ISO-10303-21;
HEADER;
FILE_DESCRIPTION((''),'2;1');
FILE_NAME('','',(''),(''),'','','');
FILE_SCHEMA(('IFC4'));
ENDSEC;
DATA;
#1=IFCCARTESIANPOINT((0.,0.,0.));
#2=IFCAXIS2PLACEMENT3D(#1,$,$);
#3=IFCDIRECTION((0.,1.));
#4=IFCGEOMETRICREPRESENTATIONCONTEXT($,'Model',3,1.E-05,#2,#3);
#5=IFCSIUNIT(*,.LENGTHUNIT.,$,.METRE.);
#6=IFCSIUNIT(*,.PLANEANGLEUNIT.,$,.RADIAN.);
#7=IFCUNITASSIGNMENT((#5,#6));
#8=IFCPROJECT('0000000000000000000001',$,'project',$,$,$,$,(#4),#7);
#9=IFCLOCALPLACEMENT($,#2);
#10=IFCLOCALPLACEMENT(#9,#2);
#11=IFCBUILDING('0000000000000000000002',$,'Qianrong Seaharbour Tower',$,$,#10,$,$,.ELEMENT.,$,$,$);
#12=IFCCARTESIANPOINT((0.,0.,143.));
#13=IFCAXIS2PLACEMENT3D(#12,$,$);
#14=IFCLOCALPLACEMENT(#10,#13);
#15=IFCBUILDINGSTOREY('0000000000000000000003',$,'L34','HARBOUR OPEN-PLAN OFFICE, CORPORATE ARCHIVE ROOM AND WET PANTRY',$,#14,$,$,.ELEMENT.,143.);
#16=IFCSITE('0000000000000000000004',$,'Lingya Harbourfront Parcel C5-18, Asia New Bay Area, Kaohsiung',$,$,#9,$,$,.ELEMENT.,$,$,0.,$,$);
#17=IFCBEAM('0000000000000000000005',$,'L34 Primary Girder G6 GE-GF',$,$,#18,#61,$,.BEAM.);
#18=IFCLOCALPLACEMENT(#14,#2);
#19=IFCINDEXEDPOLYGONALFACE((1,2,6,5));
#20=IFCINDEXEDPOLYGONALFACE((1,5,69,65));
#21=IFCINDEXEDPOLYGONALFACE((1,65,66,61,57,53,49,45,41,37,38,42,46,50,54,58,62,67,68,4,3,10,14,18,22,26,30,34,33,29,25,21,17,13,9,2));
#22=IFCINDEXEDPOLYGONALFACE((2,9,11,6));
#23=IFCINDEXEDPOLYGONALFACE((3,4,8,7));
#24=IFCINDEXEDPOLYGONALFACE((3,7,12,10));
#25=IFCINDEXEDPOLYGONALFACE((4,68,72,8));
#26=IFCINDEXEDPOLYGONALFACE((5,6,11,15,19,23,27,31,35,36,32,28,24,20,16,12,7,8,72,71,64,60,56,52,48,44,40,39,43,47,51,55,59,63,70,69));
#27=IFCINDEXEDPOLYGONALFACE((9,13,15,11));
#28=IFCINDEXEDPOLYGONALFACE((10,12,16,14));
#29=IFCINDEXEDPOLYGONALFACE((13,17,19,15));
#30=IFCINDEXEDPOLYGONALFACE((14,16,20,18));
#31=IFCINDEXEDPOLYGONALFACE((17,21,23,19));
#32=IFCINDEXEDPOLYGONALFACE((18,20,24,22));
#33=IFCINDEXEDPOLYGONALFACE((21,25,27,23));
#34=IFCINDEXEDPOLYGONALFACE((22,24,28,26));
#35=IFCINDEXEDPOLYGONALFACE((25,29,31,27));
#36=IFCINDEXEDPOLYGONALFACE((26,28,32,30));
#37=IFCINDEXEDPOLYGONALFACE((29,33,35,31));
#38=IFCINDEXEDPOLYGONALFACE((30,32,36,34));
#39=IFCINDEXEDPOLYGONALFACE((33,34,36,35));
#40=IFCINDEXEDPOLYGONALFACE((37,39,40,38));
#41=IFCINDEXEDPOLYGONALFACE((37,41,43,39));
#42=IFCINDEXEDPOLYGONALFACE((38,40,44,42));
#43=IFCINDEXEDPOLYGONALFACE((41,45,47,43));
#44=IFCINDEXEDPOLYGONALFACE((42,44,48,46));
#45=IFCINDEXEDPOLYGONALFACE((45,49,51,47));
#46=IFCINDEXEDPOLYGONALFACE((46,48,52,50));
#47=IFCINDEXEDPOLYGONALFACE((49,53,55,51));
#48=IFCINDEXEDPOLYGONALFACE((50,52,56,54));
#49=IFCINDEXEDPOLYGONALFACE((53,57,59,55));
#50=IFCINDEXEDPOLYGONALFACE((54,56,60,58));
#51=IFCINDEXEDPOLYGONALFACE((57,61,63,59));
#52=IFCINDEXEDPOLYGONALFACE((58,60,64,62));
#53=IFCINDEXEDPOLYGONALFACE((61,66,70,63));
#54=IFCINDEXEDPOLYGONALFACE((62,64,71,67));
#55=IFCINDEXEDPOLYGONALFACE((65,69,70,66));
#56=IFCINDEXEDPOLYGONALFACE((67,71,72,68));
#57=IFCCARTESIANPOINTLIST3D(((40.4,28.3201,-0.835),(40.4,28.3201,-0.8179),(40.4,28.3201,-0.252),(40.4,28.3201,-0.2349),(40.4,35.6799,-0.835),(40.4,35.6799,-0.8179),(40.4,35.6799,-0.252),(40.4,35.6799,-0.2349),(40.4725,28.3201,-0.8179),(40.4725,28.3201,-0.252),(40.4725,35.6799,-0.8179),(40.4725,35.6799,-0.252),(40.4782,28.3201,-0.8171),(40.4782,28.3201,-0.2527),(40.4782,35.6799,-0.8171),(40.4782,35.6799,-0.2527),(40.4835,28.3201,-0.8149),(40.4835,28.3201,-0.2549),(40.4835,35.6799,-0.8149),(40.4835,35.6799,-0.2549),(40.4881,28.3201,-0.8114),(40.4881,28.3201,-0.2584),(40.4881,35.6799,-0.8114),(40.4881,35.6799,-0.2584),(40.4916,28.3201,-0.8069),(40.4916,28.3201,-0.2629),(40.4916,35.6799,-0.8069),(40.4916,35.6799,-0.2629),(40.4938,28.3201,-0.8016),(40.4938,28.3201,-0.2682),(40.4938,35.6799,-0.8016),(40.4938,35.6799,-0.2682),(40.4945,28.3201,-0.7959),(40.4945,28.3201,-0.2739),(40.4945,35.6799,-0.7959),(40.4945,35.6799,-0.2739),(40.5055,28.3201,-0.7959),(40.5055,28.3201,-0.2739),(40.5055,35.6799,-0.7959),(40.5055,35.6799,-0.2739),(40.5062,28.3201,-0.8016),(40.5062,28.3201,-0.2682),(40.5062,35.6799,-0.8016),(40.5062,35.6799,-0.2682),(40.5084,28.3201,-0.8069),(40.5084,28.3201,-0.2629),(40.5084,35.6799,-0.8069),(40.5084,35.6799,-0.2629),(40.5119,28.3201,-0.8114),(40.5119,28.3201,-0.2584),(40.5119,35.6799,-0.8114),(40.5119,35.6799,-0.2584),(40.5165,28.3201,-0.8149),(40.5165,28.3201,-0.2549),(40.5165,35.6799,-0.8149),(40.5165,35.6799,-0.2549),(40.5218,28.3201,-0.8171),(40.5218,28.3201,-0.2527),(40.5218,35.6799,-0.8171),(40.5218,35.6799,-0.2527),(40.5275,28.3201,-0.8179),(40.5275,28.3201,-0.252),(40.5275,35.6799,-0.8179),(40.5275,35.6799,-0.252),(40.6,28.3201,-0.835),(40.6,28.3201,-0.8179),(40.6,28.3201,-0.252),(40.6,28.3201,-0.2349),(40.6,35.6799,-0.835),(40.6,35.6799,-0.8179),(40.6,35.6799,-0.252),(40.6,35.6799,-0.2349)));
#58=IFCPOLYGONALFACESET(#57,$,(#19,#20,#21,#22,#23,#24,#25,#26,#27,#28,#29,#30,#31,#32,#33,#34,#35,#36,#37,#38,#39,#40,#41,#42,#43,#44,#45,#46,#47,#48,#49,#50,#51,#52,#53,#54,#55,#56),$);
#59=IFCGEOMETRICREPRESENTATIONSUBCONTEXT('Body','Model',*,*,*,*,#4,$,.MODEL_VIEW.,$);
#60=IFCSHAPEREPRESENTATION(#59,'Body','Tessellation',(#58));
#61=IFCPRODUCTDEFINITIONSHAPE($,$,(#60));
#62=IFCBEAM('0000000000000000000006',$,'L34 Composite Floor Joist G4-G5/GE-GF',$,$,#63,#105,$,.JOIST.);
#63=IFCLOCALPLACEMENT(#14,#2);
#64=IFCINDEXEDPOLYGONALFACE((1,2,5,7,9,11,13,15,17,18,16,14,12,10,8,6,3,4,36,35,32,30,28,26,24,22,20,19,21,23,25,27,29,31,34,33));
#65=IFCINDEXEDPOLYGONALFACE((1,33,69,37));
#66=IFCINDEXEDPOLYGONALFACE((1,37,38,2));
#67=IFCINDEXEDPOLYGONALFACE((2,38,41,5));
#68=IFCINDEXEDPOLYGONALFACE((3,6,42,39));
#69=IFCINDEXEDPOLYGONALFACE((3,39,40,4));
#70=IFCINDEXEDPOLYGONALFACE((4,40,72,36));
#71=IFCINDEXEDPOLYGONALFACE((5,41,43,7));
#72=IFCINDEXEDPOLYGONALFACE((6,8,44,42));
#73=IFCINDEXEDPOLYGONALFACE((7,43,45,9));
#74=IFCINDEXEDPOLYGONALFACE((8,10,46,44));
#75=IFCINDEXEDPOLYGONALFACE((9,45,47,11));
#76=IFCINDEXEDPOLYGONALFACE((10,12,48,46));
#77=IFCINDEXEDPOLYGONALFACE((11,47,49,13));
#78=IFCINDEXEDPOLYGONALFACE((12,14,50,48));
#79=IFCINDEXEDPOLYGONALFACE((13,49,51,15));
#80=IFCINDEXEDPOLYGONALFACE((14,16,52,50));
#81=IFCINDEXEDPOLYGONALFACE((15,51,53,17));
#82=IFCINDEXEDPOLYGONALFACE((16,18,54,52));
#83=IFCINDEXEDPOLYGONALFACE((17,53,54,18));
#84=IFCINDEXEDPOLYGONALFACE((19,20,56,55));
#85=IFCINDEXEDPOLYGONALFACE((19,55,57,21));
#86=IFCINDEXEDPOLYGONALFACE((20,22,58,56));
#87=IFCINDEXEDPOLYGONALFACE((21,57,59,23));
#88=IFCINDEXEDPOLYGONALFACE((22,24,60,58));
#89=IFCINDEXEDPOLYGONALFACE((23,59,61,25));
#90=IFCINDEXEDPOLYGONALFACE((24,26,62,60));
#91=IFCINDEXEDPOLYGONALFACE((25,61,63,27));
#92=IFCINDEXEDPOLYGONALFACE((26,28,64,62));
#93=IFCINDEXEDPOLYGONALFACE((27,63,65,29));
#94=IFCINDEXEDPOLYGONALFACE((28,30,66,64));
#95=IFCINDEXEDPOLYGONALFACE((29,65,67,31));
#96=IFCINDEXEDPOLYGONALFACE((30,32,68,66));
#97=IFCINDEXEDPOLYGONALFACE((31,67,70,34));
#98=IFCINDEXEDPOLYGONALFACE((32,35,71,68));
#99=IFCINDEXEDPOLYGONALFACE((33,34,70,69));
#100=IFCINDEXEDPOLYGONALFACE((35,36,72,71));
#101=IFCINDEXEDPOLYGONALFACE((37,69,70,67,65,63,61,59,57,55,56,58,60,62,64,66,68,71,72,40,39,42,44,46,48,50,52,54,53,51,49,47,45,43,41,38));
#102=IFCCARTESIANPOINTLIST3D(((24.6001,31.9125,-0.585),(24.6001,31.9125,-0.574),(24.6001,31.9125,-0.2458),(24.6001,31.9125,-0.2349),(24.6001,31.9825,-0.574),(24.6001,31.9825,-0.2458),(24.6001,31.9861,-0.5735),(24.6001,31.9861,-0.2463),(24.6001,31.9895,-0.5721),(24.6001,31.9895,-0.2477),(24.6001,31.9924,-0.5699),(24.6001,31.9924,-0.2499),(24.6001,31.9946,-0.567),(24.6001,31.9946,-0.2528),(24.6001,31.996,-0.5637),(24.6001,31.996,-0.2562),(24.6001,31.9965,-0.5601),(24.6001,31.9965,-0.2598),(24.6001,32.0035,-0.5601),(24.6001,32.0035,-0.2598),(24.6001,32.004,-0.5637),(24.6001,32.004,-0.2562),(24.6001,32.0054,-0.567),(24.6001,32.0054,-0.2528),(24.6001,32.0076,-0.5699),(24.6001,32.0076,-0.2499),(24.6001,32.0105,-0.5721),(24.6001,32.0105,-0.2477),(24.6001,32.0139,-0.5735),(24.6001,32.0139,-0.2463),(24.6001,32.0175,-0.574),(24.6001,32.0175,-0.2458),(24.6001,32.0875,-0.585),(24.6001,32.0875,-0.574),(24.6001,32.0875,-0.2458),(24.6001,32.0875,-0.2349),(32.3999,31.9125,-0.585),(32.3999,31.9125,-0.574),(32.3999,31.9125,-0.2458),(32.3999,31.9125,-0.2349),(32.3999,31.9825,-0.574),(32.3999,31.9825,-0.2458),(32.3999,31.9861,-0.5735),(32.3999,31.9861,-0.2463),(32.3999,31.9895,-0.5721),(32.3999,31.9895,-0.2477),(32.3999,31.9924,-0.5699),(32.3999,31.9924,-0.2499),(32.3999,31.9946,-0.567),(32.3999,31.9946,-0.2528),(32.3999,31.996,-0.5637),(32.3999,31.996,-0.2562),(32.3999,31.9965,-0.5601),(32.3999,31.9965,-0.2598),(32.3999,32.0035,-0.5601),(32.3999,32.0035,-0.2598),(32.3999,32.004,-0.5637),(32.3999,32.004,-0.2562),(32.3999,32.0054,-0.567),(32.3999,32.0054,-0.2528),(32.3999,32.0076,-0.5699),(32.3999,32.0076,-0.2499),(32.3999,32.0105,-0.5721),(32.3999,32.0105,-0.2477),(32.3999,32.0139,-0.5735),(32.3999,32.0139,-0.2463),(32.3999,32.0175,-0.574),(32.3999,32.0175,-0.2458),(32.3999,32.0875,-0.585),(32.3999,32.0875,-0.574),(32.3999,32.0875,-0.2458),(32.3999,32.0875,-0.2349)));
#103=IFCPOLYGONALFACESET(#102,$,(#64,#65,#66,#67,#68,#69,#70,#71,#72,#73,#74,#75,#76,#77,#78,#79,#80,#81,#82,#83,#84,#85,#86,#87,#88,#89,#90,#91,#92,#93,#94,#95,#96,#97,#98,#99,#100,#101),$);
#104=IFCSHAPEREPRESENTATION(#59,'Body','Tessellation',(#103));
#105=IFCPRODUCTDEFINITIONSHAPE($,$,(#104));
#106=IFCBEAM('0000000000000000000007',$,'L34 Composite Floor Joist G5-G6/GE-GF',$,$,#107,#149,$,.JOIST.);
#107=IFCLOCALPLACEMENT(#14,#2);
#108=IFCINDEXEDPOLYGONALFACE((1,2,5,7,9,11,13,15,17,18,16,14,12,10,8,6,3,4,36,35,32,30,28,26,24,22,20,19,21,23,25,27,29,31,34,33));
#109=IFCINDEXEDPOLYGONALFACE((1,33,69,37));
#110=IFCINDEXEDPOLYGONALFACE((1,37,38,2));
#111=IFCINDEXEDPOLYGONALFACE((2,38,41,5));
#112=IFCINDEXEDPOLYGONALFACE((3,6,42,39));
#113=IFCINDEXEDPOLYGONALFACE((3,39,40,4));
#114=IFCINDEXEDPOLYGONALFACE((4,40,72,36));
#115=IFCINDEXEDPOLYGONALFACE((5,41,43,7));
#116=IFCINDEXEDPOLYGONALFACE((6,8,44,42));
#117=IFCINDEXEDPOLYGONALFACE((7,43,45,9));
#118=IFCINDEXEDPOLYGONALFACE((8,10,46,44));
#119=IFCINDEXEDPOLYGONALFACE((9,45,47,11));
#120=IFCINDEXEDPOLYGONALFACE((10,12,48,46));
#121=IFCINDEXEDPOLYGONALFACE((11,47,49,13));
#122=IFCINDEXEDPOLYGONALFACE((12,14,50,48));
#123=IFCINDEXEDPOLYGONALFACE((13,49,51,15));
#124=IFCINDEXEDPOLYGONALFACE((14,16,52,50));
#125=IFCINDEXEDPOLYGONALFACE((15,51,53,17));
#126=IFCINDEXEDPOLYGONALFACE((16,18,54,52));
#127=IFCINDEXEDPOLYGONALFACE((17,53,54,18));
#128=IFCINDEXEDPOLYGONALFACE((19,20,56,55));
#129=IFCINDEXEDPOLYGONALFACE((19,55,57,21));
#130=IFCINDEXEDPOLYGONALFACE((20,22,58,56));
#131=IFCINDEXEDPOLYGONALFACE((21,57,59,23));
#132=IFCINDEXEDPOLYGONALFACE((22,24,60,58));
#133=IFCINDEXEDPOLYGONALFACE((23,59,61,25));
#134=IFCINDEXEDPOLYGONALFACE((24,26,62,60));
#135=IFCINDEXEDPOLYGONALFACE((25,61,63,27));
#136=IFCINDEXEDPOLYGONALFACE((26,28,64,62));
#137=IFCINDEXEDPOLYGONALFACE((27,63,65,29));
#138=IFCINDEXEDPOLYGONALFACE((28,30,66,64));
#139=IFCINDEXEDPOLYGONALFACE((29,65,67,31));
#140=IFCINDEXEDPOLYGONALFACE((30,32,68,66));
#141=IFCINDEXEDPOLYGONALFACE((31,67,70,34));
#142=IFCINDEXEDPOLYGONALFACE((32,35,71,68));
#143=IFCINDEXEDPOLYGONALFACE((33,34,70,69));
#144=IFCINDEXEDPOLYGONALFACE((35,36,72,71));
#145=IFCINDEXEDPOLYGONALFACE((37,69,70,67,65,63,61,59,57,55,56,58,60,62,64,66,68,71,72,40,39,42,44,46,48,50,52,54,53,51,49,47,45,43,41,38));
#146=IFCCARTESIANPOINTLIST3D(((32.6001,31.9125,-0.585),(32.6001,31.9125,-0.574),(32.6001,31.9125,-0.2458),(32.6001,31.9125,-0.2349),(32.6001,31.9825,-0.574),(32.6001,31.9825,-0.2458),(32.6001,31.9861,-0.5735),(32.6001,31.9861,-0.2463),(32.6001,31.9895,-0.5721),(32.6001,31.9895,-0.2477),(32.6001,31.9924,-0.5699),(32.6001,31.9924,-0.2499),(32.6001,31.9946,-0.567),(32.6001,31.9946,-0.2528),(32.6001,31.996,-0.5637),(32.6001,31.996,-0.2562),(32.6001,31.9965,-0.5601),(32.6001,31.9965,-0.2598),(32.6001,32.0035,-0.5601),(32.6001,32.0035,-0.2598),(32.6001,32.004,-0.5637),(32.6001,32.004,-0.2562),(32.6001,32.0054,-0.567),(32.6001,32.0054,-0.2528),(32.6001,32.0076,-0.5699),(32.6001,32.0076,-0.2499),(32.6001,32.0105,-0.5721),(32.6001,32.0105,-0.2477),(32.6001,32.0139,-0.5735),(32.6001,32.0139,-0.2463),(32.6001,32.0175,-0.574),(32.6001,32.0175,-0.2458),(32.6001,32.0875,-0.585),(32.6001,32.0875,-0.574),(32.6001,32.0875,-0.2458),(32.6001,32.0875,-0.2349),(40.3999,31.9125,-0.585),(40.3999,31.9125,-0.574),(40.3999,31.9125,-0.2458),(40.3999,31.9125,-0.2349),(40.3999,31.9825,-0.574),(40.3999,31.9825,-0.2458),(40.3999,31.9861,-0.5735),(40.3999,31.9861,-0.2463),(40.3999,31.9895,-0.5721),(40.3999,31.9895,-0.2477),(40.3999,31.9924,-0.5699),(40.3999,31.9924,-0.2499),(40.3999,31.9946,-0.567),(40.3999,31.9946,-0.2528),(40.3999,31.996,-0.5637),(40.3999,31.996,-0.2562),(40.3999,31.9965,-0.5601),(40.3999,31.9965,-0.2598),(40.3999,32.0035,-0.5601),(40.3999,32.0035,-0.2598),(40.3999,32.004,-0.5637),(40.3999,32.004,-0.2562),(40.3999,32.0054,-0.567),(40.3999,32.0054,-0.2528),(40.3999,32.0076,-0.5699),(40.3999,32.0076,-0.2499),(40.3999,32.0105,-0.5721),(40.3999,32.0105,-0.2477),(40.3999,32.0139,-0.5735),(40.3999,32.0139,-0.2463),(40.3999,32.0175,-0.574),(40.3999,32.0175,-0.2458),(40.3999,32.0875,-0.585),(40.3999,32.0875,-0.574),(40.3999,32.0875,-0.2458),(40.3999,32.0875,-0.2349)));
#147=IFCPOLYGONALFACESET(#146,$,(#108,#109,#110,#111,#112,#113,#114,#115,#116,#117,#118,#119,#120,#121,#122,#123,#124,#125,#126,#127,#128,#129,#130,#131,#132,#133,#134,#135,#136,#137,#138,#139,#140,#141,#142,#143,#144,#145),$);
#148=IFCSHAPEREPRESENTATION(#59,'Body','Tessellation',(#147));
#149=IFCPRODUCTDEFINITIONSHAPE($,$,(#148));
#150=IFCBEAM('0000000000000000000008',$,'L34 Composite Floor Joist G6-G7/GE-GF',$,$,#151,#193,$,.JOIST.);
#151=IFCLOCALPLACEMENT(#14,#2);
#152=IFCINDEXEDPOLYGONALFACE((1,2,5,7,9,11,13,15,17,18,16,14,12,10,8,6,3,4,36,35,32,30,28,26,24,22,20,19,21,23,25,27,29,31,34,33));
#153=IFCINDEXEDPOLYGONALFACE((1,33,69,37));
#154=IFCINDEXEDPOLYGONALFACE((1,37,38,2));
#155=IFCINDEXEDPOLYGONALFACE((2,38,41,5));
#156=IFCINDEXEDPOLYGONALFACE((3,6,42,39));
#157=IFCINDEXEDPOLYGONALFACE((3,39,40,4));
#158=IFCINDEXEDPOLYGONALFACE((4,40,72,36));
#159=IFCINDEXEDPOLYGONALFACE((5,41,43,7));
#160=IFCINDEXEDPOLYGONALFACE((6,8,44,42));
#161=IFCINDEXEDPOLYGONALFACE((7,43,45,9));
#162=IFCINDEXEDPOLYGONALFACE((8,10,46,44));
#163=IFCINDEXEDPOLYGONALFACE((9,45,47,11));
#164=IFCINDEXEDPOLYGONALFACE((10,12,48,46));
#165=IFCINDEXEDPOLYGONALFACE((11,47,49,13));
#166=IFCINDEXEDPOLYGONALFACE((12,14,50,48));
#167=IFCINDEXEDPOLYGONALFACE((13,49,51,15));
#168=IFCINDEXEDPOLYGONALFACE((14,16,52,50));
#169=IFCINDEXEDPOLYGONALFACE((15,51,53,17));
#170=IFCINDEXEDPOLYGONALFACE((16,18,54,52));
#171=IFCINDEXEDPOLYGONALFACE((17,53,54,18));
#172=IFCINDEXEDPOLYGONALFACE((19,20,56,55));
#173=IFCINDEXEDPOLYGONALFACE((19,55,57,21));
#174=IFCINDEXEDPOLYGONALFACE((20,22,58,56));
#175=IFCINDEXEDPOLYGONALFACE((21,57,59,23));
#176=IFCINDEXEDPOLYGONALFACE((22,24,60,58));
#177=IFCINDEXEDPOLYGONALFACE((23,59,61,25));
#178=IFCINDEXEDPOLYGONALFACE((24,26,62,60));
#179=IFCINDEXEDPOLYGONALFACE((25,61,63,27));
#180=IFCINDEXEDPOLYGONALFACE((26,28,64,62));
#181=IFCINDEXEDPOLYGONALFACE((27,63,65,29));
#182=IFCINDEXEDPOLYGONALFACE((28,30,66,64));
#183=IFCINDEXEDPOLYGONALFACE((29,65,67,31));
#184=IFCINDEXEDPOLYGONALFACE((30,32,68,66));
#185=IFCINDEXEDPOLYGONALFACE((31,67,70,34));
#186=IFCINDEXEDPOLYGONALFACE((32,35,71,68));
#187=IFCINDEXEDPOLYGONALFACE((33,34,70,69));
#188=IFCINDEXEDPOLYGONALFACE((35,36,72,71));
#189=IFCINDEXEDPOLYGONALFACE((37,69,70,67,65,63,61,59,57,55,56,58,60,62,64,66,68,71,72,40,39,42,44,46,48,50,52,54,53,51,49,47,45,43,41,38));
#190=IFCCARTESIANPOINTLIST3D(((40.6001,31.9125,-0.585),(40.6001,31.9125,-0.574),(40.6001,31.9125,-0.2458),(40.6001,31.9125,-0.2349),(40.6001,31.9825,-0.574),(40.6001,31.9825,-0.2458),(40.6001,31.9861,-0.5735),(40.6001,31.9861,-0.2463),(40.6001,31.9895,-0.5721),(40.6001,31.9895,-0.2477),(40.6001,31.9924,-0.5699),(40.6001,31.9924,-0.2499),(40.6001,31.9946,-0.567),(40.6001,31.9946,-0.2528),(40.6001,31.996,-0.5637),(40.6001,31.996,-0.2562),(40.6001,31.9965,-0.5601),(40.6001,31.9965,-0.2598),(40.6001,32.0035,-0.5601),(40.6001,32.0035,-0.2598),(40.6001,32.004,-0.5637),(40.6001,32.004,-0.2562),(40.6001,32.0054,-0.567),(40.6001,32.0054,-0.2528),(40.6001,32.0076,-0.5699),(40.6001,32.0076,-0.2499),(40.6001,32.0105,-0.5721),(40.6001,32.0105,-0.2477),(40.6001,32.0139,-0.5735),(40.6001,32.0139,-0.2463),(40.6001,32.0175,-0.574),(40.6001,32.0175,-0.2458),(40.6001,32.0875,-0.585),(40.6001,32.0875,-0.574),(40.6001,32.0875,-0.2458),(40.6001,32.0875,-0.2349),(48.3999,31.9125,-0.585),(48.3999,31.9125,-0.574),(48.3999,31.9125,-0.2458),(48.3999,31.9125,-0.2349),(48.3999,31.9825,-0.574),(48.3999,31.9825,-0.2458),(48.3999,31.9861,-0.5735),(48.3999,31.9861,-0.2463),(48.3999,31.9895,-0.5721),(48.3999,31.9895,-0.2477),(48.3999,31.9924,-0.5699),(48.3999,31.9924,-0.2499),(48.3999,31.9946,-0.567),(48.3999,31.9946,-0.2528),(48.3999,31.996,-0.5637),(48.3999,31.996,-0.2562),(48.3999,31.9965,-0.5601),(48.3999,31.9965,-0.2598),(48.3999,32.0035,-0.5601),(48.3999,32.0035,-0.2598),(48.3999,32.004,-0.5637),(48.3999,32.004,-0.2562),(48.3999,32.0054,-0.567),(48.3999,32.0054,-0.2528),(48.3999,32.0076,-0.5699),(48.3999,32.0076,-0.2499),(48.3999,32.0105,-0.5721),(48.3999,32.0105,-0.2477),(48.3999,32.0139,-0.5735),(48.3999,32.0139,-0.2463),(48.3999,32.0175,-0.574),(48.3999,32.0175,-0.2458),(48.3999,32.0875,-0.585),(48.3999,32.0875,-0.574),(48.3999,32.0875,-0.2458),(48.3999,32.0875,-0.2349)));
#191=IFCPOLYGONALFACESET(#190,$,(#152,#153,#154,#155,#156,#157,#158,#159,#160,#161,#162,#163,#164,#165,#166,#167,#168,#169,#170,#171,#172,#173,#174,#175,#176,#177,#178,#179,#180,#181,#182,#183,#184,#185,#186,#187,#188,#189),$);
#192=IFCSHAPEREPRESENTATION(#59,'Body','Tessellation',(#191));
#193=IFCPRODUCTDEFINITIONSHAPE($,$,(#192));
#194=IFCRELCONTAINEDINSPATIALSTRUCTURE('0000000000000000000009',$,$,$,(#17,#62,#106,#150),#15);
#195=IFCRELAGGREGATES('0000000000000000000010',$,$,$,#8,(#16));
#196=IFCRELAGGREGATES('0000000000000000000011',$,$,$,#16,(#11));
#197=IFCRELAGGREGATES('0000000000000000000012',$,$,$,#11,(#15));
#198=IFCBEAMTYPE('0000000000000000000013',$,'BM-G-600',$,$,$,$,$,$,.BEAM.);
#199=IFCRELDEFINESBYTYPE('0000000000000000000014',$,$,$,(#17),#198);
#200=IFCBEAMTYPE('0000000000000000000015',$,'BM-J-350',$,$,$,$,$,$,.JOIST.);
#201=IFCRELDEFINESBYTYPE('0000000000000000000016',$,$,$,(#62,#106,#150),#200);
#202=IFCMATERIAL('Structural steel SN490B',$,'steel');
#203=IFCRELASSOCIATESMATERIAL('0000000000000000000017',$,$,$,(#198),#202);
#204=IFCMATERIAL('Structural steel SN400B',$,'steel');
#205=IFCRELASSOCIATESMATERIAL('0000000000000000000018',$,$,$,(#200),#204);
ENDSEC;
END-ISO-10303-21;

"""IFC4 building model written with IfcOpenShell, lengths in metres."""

from ifc_helpers import new_model, si_unit, direction, frame, origin, origin_2d, place, context, subcontext, project, spatial, i_section, extrude, material, material_profile, profile_set, type_object, element, save


model = new_model("IFC4")

# Units and contexts
model_context = context("Model", 3, precision=1e-05, world=origin(), true_north=direction((0.0, 1.0)))
body_context = subcontext(model_context, "Body", "Model", "MODEL_VIEW")
ifc_project = project(units=[si_unit("LENGTHUNIT", "METRE"), si_unit("PLANEANGLEUNIT", "RADIAN")], contexts=[model_context])

# Site, building, storey
site_placement = place(None, origin())
site = spatial("IfcSite", under=ifc_project, at=site_placement, Name="Lingya Harbourfront Parcel C5-18, Asia New Bay Area, Kaohsiung", CompositionType="ELEMENT", RefElevation=0.0)
building_placement = place(site_placement, origin())
building = spatial("IfcBuilding", under=site, at=building_placement, Name="Qianrong Seaharbour Tower", CompositionType="ELEMENT")
storey_placement = place(building_placement, frame((0.0, 0.0, 143.0)))
storey = spatial("IfcBuildingStorey", under=building, at=storey_placement, Name="L34", Description="HARBOUR OPEN-PLAN OFFICE, CORPORATE ARCHIVE ROOM AND WET PANTRY", CompositionType="ELEMENT", Elevation=143.0)

# Shared definitions
ifc_material_1 = material(Name="Structural steel SN490B", Category="steel")

# Beams
ifc_material_profile_1 = material_profile(ifc_material_1, i_section(OverallWidth=0.2, OverallDepth=0.6001, WebThickness=0.011, FlangeThickness=0.0171, FilletRadius=0.022, at=origin_2d()), Name="H600x200x11x17")
ifc_profile_set_1 = profile_set([ifc_material_profile_1], Name="Structural steel SN490B")
beam_type_1 = type_object("IfcBeamType", Name="BM-G-600", PredefinedType="BEAM", material=ifc_profile_set_1)
for number, where, z_axis, x_axis, name in (
    (1, (40.5, 28.3201, -0.5349), (0.0, 1.0, 0.0), (-1.0, 0.0, 0.0), "L34 Primary Girder G6 GE-GF"),
):
    element("IfcBeam", number, at=place(storey_placement, frame(where, z_axis=z_axis, x_axis=x_axis)), inside=storey, type_object=beam_type_1, Name=name, PredefinedType="BEAM", context=body_context, shape_type="SweptSolid", body=[
        extrude(i_section(OverallWidth=0.2, OverallDepth=0.6001, WebThickness=0.011, FlangeThickness=0.0171, FilletRadius=0.022, at=origin_2d()), origin(), (0.0, 0.0, 1.0), 7.3599),
    ])
ifc_material_2 = material(Name="Structural steel SN400B", Category="steel")
ifc_material_profile_2 = material_profile(ifc_material_2, i_section(OverallWidth=0.175, OverallDepth=0.3501, WebThickness=0.0071, FlangeThickness=0.011, FilletRadius=0.0139, at=origin_2d()), Name="H350x175x7x11")
ifc_profile_set_2 = profile_set([ifc_material_profile_2], Name="Structural steel SN400B")
beam_type_2 = type_object("IfcBeamType", Name="BM-J-350", PredefinedType="JOIST", material=ifc_profile_set_2)
for number, where, z_axis, x_axis, name in (
    (2, (24.6001, 32.0, -0.4099), (1.0, 0.0, 0.0), (0.0, 1.0, 0.0), "L34 Composite Floor Joist G4-G5/GE-GF"),
    (3, (32.6001, 32.0, -0.4099), (1.0, 0.0, 0.0), (0.0, 1.0, 0.0), "L34 Composite Floor Joist G5-G6/GE-GF"),
    (4, (40.6001, 32.0, -0.4099), (1.0, 0.0, 0.0), (0.0, 1.0, 0.0), "L34 Composite Floor Joist G6-G7/GE-GF"),
):
    element("IfcBeam", number, at=place(storey_placement, frame(where, z_axis=z_axis, x_axis=x_axis)), inside=storey, type_object=beam_type_2, Name=name, PredefinedType="JOIST", context=body_context, shape_type="SweptSolid", body=[
        extrude(i_section(OverallWidth=0.175, OverallDepth=0.3501, WebThickness=0.0071, FlangeThickness=0.011, FilletRadius=0.0139, at=origin_2d()), origin(), (0.0, 0.0, 1.0), 7.7998),
    ])

save(model, "model.ifc")
